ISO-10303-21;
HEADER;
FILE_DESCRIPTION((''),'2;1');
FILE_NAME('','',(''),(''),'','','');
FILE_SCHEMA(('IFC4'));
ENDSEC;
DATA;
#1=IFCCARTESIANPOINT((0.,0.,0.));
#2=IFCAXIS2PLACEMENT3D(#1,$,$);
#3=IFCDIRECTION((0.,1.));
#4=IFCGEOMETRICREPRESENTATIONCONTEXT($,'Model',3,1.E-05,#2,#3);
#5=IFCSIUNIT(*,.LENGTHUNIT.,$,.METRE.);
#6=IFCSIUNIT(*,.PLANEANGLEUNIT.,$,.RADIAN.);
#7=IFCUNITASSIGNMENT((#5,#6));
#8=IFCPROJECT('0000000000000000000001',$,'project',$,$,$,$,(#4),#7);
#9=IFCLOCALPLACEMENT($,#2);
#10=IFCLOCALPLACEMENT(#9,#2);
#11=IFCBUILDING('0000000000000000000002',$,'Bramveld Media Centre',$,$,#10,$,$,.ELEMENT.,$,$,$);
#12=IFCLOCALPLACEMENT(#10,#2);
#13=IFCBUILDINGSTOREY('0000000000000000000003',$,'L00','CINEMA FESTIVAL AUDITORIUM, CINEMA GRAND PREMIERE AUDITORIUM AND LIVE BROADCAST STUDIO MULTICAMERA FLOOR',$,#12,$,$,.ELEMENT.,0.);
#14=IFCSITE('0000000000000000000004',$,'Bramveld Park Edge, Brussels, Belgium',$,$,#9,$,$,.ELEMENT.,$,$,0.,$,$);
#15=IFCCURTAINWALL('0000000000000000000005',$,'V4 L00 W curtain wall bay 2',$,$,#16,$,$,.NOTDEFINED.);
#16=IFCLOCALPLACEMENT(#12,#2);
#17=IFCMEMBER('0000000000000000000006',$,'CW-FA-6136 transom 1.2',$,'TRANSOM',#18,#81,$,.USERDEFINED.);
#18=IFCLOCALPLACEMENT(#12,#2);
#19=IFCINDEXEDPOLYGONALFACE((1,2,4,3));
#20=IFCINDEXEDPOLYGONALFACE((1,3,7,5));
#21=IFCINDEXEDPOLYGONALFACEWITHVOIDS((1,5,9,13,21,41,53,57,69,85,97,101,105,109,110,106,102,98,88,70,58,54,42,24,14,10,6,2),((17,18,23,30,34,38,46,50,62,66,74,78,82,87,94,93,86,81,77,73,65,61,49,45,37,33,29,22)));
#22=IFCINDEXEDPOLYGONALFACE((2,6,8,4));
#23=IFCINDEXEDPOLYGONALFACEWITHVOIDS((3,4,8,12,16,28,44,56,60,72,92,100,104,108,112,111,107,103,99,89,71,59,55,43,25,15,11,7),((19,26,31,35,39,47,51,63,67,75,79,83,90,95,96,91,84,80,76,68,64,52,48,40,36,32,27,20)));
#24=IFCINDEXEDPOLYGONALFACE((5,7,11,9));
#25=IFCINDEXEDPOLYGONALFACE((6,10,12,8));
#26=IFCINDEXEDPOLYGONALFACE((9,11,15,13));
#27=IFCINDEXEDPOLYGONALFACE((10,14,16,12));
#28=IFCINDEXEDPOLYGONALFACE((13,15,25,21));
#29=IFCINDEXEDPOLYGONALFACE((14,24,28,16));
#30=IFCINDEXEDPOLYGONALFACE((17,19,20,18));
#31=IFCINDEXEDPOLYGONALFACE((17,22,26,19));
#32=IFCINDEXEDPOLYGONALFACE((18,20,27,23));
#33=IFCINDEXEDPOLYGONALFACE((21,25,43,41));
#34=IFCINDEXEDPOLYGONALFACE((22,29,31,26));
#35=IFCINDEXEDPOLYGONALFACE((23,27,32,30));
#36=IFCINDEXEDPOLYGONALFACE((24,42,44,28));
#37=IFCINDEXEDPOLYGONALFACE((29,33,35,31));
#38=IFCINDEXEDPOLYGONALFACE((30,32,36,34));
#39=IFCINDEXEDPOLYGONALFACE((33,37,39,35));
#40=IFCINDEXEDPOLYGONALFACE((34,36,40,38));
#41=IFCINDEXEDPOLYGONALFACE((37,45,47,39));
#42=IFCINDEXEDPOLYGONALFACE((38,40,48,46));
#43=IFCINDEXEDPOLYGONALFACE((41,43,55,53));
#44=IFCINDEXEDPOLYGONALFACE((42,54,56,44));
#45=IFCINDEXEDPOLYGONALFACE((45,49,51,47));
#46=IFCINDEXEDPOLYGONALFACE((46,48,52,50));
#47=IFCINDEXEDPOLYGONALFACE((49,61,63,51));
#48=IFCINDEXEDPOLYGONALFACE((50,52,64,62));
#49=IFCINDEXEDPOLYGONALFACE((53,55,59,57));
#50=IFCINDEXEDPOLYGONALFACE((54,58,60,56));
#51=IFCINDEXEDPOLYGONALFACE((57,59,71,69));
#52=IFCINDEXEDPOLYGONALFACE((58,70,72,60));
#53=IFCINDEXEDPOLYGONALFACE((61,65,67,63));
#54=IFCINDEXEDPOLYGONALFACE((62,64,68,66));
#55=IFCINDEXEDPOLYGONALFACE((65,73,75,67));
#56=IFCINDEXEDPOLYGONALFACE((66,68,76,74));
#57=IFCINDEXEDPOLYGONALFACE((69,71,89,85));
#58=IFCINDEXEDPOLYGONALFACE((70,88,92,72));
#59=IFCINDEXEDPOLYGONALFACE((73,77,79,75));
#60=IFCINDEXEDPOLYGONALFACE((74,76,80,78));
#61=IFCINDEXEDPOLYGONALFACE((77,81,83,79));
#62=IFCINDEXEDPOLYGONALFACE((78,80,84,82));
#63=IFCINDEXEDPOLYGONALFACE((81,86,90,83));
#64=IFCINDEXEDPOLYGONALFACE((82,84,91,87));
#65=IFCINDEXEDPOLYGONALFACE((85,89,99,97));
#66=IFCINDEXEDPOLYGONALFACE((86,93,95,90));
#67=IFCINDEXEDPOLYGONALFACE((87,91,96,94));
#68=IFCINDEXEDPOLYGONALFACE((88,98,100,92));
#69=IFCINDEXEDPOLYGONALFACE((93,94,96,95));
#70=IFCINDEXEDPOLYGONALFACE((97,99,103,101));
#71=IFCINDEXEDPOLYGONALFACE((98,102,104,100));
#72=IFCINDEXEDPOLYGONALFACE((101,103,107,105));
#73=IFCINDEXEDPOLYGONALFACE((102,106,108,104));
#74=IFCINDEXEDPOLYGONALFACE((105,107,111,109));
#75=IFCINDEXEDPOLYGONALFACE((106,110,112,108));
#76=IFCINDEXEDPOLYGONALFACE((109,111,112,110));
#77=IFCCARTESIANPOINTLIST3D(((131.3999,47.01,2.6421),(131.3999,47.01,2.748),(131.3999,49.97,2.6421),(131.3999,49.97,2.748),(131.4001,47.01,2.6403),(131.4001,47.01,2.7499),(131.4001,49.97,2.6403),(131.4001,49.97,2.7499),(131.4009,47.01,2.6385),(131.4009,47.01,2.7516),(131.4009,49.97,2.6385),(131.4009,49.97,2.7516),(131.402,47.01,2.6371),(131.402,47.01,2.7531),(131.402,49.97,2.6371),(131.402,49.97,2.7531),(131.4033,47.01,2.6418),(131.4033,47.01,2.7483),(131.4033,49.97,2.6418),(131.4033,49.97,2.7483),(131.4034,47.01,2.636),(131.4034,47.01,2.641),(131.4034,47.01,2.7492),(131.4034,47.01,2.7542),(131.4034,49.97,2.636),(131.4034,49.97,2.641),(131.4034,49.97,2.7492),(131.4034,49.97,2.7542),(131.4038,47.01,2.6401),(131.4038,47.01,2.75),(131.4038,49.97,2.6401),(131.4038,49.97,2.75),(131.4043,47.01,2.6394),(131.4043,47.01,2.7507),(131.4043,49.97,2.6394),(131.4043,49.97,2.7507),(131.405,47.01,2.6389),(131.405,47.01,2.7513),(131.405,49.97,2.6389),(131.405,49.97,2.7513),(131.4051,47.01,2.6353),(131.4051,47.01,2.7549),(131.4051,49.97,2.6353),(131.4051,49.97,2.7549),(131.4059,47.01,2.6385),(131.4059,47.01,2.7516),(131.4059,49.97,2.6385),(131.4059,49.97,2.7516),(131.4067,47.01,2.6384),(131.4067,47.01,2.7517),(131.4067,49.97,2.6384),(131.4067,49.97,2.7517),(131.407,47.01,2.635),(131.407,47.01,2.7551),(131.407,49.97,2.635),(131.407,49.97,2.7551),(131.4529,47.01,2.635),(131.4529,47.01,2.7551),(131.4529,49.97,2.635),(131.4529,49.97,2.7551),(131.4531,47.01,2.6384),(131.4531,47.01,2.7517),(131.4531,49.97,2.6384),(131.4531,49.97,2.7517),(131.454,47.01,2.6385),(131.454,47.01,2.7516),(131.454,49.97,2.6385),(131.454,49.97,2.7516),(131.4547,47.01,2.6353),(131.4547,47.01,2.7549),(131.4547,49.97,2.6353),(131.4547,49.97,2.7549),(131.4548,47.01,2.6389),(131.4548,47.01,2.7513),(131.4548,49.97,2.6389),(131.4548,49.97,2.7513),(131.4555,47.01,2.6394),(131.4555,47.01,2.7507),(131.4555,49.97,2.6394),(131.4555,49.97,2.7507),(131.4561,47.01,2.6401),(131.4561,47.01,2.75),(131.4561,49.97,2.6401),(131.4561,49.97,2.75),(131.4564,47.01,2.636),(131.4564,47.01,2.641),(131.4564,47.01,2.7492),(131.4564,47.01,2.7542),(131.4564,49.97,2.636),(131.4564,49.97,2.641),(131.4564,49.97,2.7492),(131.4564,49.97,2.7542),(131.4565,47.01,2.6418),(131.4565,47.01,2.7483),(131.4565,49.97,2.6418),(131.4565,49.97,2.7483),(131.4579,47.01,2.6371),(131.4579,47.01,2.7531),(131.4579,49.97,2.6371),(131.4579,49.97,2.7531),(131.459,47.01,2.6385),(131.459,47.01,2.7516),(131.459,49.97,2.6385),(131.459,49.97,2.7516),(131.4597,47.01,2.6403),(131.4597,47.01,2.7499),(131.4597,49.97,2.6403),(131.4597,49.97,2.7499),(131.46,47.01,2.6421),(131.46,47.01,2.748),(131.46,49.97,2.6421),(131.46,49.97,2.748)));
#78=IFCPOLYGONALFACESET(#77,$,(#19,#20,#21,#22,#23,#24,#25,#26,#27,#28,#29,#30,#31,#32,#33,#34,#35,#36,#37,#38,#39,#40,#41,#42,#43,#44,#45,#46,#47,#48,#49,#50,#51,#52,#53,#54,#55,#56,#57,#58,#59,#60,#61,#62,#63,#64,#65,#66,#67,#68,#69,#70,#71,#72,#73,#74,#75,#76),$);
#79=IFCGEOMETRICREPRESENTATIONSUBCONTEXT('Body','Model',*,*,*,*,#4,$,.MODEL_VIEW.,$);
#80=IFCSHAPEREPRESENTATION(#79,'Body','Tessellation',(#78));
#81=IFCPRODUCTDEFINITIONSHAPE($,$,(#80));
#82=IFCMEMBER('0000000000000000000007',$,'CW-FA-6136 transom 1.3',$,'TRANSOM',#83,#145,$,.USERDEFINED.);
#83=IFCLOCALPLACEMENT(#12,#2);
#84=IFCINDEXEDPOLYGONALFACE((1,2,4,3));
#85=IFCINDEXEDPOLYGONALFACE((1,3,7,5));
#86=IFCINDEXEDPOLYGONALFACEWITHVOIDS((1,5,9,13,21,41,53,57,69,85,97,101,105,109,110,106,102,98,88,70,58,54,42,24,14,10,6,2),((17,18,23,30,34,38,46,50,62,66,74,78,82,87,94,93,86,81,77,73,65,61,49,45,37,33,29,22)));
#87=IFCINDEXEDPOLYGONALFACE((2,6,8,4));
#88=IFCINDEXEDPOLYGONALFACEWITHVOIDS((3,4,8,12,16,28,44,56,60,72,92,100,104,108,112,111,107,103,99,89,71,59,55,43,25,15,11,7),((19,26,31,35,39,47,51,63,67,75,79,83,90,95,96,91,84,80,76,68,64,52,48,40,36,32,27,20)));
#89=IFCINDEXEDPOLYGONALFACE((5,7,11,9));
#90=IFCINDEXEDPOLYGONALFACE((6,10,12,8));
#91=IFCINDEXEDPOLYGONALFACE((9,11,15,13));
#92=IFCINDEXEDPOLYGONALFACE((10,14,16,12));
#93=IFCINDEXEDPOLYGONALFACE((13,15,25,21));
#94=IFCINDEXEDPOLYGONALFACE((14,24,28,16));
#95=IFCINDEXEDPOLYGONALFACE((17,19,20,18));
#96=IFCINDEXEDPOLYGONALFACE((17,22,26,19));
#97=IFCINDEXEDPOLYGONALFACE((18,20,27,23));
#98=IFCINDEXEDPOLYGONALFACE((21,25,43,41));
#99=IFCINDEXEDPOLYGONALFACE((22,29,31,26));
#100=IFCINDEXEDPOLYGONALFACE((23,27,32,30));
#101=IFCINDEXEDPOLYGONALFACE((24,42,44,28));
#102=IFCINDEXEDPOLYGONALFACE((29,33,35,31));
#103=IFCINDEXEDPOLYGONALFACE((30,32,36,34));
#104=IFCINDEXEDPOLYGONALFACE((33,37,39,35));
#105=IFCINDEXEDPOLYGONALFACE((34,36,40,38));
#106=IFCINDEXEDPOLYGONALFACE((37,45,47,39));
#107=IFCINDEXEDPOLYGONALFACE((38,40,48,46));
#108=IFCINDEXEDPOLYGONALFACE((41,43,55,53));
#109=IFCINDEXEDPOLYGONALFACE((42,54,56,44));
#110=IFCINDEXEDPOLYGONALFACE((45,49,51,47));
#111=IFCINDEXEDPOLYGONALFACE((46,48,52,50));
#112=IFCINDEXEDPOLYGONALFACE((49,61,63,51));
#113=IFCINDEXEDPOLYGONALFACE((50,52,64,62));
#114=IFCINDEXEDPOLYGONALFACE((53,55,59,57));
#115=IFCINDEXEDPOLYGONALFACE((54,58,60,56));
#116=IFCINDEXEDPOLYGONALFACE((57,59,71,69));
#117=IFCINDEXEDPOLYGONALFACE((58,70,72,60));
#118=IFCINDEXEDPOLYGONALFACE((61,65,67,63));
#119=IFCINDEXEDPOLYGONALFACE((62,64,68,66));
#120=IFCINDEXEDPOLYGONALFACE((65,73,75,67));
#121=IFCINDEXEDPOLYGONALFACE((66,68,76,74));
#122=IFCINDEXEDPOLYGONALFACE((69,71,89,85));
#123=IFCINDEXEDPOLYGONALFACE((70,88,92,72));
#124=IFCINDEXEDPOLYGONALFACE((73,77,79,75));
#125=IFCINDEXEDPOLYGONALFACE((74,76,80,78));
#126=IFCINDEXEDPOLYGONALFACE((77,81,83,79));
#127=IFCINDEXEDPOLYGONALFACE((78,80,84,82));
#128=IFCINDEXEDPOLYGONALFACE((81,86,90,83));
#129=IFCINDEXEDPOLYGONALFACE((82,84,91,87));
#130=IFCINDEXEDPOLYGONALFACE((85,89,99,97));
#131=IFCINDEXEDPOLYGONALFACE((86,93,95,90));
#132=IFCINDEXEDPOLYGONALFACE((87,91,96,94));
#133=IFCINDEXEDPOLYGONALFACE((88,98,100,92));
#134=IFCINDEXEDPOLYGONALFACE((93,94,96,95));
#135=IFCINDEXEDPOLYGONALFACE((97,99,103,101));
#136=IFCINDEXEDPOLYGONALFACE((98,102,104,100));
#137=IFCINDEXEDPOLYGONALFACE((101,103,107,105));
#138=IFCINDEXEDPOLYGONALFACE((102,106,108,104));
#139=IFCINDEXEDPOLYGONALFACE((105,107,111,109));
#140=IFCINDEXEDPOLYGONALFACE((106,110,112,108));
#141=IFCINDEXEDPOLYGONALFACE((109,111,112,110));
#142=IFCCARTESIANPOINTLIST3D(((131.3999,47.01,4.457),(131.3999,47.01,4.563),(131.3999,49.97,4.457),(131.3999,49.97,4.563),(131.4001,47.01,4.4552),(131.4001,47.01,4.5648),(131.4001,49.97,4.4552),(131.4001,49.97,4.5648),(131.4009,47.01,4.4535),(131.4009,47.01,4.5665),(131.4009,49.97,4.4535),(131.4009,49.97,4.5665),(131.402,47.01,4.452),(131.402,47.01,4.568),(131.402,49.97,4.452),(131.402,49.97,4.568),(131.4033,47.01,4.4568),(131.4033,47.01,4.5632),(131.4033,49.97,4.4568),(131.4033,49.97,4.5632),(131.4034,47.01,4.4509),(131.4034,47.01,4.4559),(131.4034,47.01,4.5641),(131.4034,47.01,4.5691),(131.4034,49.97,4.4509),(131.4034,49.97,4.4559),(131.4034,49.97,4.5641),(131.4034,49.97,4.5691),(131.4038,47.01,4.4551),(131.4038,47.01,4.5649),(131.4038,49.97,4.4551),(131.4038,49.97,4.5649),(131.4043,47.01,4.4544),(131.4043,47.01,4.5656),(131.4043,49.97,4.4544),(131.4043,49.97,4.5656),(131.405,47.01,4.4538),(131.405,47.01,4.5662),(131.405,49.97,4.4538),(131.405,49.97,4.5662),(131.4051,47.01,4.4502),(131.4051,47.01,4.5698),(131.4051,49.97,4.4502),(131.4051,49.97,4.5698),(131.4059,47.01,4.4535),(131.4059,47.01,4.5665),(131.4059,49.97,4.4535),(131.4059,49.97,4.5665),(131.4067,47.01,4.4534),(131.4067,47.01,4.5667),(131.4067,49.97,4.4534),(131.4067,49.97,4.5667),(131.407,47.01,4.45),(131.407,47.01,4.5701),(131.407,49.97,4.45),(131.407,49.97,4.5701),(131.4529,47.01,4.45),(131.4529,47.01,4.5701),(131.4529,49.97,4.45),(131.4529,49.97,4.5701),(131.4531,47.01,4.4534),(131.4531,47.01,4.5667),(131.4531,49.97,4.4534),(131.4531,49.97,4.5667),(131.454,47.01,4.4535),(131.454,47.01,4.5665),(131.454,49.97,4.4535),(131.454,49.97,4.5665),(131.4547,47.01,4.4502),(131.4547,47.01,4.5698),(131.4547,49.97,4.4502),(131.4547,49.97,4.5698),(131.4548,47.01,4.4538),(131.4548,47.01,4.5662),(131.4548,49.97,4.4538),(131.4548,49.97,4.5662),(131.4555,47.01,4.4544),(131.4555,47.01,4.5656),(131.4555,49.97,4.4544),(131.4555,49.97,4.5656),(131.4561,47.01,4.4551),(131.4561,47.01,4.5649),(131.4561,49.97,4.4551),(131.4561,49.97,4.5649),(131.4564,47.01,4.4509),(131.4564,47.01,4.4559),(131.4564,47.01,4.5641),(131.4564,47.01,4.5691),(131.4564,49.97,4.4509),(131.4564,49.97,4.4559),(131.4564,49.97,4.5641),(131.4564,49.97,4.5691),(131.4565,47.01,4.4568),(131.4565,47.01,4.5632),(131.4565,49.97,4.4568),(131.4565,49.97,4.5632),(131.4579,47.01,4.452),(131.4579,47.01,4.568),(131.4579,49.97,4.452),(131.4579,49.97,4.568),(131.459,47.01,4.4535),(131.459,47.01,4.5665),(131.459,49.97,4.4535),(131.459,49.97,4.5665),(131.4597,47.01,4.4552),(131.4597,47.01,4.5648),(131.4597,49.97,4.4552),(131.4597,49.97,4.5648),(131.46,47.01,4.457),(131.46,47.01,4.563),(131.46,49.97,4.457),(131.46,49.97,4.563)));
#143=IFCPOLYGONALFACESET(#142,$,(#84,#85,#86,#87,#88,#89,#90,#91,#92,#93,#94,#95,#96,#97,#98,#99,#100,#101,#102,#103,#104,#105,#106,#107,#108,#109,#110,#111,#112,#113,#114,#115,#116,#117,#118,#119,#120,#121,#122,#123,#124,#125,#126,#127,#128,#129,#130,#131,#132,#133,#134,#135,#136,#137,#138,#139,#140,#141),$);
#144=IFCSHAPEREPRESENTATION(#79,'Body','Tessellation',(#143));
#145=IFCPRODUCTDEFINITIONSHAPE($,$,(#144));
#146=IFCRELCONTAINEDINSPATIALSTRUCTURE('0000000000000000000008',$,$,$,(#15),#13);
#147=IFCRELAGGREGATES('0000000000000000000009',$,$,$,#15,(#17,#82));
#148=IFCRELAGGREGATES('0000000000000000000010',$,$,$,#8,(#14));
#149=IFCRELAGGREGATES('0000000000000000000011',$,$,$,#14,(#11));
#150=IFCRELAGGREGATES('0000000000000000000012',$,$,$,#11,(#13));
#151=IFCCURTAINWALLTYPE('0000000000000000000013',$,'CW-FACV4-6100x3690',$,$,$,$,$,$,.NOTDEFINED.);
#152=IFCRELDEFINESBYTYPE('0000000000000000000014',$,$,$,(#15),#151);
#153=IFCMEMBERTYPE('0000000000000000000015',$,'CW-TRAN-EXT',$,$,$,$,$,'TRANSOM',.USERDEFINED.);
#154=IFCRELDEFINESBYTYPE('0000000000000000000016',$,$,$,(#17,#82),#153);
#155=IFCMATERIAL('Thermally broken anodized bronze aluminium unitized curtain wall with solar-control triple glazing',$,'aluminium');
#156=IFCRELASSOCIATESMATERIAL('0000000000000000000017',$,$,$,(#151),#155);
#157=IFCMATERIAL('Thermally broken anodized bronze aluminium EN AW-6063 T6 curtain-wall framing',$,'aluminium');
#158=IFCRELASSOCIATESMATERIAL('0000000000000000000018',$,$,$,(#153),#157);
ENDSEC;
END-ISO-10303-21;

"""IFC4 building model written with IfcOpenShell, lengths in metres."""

from ifc_helpers import new_model, si_unit, direction, frame, origin, origin_2d, place, context, subcontext, project, spatial, hollow_rectangle, extrude, material, material_profile, profile_set, type_object, element, aggregate, save


model = new_model("IFC4")

# Units and contexts
model_context = context("Model", 3, precision=1e-05, world=origin(), true_north=direction((0.0, 1.0)))
body_context = subcontext(model_context, "Body", "Model", "MODEL_VIEW")
ifc_project = project(units=[si_unit("LENGTHUNIT", "METRE"), si_unit("PLANEANGLEUNIT", "RADIAN")], contexts=[model_context])

# Site, building, storey
site_placement = place(None, origin())
site = spatial("IfcSite", under=ifc_project, at=site_placement, Name="Bramveld Park Edge, Brussels, Belgium", CompositionType="ELEMENT", RefElevation=0.0)
building_placement = place(site_placement, origin())
building = spatial("IfcBuilding", under=site, at=building_placement, Name="Bramveld Media Centre", CompositionType="ELEMENT")
storey_placement = place(building_placement, origin())
storey = spatial("IfcBuildingStorey", under=building, at=storey_placement, Name="L00", Description="CINEMA FESTIVAL AUDITORIUM, CINEMA GRAND PREMIERE AUDITORIUM AND LIVE BROADCAST STUDIO MULTICAMERA FLOOR", CompositionType="ELEMENT", Elevation=0.0)

# Curtain wall, members
ifc_material_1 = material(Name="Thermally broken anodized bronze aluminium unitized curtain wall with solar-control triple glazing", Category="aluminium")
curtain_wall_type = type_object("IfcCurtainWallType", Name="CW-FACV4-6100x3690", PredefinedType="NOTDEFINED", material=ifc_material_1)
curtain_wall_placement = place(storey_placement, origin())
curtain_wall = element("IfcCurtainWall", 1, at=curtain_wall_placement, inside=storey, type_object=curtain_wall_type, Name="V4 L00 W curtain wall bay 2", PredefinedType="NOTDEFINED")
ifc_material_2 = material(Name="Thermally broken anodized bronze aluminium EN AW-6063 T6 curtain-wall framing", Category="aluminium")
ifc_material_profile_1 = material_profile(ifc_material_2, hollow_rectangle(XDim=0.0601, YDim=0.1201, WallThickness=0.0034, InnerFilletRadius=0.0034, OuterFilletRadius=0.0071, at=origin_2d()), Name="AL-TRAN 60x120")
ifc_profile_set_1 = profile_set([ifc_material_profile_1], Name="Thermally broken anodized bronze aluminium EN AW-6063 T6 curtain-wall framing")
member_type_1 = type_object("IfcMemberType", Name="CW-TRAN-EXT", ElementType="TRANSOM", PredefinedType="USERDEFINED", material=ifc_profile_set_1)
member_1_placement = place(storey_placement, frame((131.4299, 47.01, 2.6951), z_axis=(0.0, 1.0, 0.0), x_axis=(-1.0, 0.0, 0.0)))
member_1 = element("IfcMember", 2, at=member_1_placement, type_object=member_type_1, Name="CW-FA-6136 transom 1.2", ObjectType="TRANSOM", PredefinedType="USERDEFINED", context=body_context, shape_type="SweptSolid", body=[
    extrude(hollow_rectangle(XDim=0.0601, YDim=0.1201, WallThickness=0.0034, InnerFilletRadius=0.0034, OuterFilletRadius=0.0071, at=origin_2d()), origin(), (0.0, 0.0, 1.0), 2.96),
])
member_2_placement = place(storey_placement, frame((131.4299, 47.01, 4.51), z_axis=(0.0, 1.0, 0.0), x_axis=(-1.0, 0.0, 0.0)))
member_2 = element("IfcMember", 3, at=member_2_placement, type_object=member_type_1, Name="CW-FA-6136 transom 1.3", ObjectType="TRANSOM", PredefinedType="USERDEFINED", context=body_context, shape_type="SweptSolid", body=[
    extrude(hollow_rectangle(XDim=0.0601, YDim=0.1201, WallThickness=0.0034, InnerFilletRadius=0.0034, OuterFilletRadius=0.0071, at=origin_2d()), origin(), (0.0, 0.0, 1.0), 2.96),
])

aggregate(curtain_wall, [member_1, member_2])

save(model, "model.ifc")
